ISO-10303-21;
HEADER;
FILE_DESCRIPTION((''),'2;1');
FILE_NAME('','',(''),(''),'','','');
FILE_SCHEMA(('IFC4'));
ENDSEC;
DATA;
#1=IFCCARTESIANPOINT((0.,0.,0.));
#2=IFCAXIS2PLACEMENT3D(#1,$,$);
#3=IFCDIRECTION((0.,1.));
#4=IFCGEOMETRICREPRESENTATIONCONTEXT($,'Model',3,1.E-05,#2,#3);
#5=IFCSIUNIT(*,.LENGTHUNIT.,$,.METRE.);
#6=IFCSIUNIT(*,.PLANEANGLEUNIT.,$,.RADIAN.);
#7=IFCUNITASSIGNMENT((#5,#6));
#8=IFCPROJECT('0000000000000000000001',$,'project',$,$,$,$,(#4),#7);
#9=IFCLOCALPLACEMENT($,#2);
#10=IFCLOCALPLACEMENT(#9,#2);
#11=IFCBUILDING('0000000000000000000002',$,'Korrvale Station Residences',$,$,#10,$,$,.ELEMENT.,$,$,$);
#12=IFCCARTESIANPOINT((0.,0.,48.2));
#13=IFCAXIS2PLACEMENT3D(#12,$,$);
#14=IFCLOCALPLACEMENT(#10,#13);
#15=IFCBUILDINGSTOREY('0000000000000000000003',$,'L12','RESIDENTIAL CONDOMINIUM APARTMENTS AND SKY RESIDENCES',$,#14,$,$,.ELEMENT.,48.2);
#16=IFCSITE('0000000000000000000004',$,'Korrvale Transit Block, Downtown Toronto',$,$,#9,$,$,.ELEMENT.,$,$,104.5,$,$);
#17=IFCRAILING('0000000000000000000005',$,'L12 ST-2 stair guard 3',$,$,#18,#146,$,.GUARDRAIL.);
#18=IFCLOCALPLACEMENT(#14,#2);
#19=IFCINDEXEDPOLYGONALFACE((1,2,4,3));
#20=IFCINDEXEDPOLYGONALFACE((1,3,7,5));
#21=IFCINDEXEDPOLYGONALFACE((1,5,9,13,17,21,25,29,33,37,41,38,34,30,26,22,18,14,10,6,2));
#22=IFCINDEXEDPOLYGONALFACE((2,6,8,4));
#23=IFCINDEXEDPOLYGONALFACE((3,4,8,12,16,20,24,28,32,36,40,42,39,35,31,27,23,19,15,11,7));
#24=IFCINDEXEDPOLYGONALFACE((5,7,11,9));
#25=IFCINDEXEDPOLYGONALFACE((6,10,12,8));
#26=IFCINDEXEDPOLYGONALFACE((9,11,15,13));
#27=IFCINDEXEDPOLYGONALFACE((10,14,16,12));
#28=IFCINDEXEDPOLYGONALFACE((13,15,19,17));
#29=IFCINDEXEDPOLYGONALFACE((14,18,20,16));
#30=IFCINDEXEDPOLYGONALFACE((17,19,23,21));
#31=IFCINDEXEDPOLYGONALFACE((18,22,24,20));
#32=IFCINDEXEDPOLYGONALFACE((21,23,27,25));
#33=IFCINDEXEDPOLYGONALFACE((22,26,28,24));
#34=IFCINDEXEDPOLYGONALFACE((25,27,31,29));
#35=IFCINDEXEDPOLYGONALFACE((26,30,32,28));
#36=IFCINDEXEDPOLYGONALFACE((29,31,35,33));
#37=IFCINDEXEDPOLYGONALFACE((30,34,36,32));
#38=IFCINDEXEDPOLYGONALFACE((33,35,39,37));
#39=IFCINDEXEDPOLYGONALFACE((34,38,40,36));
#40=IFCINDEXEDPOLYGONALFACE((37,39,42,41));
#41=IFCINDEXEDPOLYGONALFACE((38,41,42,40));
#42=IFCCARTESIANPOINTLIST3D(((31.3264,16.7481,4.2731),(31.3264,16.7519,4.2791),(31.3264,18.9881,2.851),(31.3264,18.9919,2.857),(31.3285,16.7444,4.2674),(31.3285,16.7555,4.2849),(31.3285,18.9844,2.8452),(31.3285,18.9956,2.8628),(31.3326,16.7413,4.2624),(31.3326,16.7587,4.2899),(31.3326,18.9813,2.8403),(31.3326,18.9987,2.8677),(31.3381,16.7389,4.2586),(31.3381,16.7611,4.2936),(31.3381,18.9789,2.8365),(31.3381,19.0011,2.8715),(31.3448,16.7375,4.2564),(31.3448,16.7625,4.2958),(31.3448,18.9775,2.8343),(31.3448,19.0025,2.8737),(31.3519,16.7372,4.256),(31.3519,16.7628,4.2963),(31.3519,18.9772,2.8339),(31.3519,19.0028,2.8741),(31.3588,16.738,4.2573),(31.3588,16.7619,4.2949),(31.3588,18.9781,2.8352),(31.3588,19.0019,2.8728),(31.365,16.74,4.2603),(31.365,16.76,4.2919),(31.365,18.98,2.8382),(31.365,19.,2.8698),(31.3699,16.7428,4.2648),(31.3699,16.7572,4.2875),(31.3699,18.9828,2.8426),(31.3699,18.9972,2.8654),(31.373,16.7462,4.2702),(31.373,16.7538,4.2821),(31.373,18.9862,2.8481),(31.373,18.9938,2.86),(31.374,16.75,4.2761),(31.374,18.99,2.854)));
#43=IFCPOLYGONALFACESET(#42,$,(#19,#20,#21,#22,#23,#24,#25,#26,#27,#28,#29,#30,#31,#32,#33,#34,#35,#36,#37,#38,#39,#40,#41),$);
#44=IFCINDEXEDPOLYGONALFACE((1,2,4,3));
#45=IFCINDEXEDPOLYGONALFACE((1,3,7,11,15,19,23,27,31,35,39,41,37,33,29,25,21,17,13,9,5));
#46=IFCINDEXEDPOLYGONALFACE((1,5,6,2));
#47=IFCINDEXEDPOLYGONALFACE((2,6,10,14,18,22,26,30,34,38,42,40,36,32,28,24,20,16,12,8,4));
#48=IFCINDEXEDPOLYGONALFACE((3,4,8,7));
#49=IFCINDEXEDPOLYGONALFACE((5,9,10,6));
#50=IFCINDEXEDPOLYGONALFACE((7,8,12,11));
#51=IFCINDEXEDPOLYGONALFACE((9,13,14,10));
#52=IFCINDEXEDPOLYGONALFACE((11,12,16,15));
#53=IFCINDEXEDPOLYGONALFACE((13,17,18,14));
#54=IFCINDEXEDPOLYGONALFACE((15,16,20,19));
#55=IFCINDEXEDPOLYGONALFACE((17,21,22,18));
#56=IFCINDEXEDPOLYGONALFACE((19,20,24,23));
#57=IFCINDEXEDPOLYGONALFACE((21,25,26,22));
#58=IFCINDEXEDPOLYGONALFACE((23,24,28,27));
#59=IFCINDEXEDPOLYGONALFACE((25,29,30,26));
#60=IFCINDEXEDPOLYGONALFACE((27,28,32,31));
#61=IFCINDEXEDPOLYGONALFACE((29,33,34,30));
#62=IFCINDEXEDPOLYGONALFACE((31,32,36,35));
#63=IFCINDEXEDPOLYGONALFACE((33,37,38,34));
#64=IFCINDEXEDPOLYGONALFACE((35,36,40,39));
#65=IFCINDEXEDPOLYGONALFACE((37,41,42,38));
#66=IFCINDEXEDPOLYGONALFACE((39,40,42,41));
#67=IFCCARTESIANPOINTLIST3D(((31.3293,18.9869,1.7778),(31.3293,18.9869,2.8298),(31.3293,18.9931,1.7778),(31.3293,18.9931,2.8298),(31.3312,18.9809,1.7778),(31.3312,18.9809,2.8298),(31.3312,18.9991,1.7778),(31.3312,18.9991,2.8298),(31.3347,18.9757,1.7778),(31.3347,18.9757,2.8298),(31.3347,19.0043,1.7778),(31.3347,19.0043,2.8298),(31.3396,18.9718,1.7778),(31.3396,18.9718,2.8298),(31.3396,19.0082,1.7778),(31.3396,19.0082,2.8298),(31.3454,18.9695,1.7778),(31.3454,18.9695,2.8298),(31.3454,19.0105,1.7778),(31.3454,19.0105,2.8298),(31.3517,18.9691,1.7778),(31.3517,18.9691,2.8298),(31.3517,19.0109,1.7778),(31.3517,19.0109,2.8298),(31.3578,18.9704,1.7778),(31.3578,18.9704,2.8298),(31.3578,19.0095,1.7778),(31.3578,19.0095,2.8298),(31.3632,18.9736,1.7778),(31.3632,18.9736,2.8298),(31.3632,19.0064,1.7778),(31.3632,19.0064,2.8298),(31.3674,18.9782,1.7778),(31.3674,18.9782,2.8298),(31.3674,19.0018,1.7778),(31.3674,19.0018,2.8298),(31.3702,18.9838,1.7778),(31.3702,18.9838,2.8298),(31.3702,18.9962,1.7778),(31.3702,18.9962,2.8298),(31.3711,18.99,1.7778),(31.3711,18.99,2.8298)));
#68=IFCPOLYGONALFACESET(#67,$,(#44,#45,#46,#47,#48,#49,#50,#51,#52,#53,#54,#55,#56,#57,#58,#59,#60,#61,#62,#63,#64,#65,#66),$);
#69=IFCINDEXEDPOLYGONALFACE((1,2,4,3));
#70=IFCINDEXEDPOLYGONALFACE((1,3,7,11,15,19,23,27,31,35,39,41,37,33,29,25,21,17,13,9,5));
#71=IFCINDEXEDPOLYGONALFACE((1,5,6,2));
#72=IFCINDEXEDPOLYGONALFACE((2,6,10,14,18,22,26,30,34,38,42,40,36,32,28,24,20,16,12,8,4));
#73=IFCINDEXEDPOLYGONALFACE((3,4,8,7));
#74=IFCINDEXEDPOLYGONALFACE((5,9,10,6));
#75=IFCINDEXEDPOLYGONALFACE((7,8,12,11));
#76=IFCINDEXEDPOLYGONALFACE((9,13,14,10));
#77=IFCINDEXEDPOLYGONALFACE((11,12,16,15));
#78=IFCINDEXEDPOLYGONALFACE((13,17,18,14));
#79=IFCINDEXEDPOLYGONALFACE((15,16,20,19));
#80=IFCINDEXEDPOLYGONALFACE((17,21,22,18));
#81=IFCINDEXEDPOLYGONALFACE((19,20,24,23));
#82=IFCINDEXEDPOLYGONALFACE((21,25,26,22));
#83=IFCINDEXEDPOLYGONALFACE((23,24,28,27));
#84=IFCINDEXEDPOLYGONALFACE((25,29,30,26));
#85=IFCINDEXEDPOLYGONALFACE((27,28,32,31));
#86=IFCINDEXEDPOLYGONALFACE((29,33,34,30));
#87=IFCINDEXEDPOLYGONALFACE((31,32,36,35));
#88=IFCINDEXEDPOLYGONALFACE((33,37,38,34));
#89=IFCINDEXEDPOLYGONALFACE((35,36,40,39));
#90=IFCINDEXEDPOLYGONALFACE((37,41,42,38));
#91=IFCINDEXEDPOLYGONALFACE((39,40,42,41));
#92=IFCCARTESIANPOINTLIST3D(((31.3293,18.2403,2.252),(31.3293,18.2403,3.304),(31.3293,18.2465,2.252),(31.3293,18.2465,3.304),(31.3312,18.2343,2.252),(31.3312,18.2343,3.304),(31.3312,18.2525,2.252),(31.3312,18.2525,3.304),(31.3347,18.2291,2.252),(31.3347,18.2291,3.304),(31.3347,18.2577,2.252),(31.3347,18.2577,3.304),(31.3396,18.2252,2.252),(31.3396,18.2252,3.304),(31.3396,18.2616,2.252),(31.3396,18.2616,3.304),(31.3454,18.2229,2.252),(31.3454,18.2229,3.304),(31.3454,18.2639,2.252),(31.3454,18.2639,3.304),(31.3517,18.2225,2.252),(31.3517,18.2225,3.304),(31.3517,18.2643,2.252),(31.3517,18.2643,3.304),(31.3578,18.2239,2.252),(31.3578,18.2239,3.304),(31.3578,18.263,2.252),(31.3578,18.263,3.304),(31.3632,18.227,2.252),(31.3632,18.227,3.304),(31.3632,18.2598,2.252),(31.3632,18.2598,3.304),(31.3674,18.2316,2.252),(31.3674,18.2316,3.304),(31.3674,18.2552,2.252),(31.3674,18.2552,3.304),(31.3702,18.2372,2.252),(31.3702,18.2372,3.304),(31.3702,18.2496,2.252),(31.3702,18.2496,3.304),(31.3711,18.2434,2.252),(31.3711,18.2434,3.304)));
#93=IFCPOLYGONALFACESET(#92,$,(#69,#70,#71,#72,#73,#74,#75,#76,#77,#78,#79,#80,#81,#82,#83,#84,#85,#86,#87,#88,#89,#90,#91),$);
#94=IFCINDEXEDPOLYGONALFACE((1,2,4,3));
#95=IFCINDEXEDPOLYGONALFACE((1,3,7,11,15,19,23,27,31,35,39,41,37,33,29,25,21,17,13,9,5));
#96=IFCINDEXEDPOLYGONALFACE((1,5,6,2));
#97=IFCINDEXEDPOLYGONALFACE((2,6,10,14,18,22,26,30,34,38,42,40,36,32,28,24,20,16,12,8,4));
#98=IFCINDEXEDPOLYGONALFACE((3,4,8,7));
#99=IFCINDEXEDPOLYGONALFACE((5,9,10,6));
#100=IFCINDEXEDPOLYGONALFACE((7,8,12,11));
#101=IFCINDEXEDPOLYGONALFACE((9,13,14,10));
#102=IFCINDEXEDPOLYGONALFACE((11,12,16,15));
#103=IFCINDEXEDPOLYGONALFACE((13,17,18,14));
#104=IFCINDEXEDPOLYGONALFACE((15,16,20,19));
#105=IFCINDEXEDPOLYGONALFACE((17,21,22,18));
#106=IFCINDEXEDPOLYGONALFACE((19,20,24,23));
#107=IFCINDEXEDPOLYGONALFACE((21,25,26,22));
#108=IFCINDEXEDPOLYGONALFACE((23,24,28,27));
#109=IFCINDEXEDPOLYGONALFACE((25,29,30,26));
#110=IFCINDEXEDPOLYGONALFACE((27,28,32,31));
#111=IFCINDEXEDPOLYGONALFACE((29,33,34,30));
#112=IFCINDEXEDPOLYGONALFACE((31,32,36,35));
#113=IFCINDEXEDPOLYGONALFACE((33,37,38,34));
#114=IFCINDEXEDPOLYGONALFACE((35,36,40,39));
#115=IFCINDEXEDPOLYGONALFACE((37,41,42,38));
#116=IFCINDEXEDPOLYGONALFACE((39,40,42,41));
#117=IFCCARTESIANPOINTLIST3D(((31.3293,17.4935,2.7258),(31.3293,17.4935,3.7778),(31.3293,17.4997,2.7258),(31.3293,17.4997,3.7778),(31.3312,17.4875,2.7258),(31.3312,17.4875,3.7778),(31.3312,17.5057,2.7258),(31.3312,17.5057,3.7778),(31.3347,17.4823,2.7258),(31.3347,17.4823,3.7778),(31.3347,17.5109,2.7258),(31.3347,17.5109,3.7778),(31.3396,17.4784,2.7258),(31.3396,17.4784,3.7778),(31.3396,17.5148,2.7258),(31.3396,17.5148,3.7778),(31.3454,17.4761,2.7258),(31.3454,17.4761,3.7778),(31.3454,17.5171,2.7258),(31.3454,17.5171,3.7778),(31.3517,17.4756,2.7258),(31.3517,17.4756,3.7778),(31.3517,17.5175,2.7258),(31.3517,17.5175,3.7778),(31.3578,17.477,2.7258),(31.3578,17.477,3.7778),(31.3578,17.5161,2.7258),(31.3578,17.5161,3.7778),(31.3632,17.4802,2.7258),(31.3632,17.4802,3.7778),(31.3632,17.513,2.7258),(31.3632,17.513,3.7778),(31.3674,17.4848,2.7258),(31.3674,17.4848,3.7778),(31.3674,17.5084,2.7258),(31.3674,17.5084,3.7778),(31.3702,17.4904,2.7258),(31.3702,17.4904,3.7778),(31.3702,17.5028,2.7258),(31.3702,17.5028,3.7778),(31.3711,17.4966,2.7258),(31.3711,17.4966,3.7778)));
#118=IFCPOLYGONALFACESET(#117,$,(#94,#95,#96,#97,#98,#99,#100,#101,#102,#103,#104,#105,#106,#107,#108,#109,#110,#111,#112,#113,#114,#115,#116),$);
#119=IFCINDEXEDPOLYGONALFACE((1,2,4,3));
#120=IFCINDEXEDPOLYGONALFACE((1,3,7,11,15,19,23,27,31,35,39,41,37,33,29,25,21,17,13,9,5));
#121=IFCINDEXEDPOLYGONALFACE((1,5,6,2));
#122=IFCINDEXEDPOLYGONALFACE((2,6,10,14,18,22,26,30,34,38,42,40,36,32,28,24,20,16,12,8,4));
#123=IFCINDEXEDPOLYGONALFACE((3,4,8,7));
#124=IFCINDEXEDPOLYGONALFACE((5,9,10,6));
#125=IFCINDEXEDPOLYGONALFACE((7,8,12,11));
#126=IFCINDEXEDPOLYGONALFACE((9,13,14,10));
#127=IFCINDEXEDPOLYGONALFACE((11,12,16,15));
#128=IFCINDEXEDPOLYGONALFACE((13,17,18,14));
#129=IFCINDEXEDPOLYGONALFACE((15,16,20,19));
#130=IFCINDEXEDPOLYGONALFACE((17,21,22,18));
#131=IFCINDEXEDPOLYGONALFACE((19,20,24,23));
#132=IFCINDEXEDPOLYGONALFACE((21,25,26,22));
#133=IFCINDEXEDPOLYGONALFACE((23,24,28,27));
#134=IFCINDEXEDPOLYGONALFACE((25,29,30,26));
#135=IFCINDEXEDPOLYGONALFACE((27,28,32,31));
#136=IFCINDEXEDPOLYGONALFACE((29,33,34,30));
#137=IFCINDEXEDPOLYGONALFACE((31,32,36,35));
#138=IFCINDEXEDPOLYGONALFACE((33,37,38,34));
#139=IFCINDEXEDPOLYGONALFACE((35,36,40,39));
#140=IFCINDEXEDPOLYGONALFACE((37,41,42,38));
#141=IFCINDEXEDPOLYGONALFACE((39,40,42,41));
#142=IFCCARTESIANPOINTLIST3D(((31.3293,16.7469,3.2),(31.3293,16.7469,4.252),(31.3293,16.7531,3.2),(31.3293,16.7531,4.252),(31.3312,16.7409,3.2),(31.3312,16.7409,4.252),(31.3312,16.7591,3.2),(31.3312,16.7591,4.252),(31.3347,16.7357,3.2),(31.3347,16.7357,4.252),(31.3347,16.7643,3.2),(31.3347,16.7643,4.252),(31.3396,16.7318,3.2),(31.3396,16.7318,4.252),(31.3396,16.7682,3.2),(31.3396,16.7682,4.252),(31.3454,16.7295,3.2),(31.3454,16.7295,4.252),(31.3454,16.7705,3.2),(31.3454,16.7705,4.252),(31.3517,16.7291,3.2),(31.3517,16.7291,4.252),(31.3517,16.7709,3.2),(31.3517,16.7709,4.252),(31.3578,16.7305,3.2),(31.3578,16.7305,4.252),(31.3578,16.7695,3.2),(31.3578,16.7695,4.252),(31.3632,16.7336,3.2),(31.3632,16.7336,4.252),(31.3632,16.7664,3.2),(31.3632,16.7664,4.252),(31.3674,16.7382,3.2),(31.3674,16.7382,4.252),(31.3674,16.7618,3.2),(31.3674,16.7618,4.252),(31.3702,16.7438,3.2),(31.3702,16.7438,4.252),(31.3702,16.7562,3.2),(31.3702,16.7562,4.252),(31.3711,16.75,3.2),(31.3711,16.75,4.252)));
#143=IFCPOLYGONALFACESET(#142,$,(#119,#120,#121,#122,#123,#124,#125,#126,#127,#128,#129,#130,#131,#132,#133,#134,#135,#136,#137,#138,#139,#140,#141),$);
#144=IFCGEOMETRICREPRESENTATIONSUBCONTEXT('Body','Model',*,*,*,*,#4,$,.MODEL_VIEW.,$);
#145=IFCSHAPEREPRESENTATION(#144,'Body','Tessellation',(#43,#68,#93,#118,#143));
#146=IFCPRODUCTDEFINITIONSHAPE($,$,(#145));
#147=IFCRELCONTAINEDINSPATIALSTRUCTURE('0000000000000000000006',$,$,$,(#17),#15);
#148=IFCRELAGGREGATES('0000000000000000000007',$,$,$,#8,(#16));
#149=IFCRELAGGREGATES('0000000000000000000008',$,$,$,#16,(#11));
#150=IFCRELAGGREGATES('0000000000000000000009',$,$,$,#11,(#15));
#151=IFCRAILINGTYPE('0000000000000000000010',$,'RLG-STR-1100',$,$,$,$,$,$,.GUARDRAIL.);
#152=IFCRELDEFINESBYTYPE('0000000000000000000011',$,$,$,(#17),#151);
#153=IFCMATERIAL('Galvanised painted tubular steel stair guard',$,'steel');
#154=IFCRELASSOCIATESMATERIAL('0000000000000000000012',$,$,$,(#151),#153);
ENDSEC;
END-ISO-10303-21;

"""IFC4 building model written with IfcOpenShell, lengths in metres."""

from ifc_helpers import new_model, si_unit, direction, frame, origin, origin_2d, place, context, subcontext, project, spatial, circle, extrude, material, type_object, element, save


model = new_model("IFC4")

# Units and contexts
model_context = context("Model", 3, precision=1e-05, world=origin(), true_north=direction((0.0, 1.0)))
body_context = subcontext(model_context, "Body", "Model", "MODEL_VIEW")
ifc_project = project(units=[si_unit("LENGTHUNIT", "METRE"), si_unit("PLANEANGLEUNIT", "RADIAN")], contexts=[model_context])

# Site, building, storey
site_placement = place(None, origin())
site = spatial("IfcSite", under=ifc_project, at=site_placement, Name="Korrvale Transit Block, Downtown Toronto", CompositionType="ELEMENT", RefElevation=104.5)
building_placement = place(site_placement, origin())
building = spatial("IfcBuilding", under=site, at=building_placement, Name="Korrvale Station Residences", CompositionType="ELEMENT")
storey_placement = place(building_placement, frame((0.0, 0.0, 48.2)))
storey = spatial("IfcBuildingStorey", under=building, at=storey_placement, Name="L12", Description="RESIDENTIAL CONDOMINIUM APARTMENTS AND SKY RESIDENCES", CompositionType="ELEMENT", Elevation=48.2)

# Railing
ifc_material_1 = material(Name="Galvanised painted tubular steel stair guard", Category="steel")
railing_type_1 = type_object("IfcRailingType", Name="RLG-STR-1100", PredefinedType="GUARDRAIL", material=ifc_material_1)
railing_1_placement = place(storey_placement, frame((31.3501, 18.99, 1.7778)))
element("IfcRailing", 1, at=railing_1_placement, inside=storey, type_object=railing_type_1, Name="L12 ST-2 stair guard 3", PredefinedType="GUARDRAIL", context=body_context, shape_type="SweptSolid", body=[
    extrude(circle(Radius=0.0239, at=origin_2d()), frame((0.0, 0.0, 1.0762), z_axis=(0.0, -0.844229, 0.535982), x_axis=(1.0, 0.0, 0.0)), (0.0, 0.0, 1.0), 2.6533),
    extrude(circle(Radius=0.021, at=origin_2d()), origin(), (0.0, 0.0, 1.0), 1.052),
    extrude(circle(Radius=0.021, at=origin_2d()), frame((0.0, -0.7466, 0.4741)), (0.0, 0.0, 1.0), 1.052),
    extrude(circle(Radius=0.021, at=origin_2d()), frame((0.0, -1.4934, 0.948)), (0.0, 0.0, 1.0), 1.052),
    extrude(circle(Radius=0.021, at=origin_2d()), frame((0.0, -2.24, 1.4221)), (0.0, 0.0, 1.0), 1.052),
])

save(model, "model.ifc")
